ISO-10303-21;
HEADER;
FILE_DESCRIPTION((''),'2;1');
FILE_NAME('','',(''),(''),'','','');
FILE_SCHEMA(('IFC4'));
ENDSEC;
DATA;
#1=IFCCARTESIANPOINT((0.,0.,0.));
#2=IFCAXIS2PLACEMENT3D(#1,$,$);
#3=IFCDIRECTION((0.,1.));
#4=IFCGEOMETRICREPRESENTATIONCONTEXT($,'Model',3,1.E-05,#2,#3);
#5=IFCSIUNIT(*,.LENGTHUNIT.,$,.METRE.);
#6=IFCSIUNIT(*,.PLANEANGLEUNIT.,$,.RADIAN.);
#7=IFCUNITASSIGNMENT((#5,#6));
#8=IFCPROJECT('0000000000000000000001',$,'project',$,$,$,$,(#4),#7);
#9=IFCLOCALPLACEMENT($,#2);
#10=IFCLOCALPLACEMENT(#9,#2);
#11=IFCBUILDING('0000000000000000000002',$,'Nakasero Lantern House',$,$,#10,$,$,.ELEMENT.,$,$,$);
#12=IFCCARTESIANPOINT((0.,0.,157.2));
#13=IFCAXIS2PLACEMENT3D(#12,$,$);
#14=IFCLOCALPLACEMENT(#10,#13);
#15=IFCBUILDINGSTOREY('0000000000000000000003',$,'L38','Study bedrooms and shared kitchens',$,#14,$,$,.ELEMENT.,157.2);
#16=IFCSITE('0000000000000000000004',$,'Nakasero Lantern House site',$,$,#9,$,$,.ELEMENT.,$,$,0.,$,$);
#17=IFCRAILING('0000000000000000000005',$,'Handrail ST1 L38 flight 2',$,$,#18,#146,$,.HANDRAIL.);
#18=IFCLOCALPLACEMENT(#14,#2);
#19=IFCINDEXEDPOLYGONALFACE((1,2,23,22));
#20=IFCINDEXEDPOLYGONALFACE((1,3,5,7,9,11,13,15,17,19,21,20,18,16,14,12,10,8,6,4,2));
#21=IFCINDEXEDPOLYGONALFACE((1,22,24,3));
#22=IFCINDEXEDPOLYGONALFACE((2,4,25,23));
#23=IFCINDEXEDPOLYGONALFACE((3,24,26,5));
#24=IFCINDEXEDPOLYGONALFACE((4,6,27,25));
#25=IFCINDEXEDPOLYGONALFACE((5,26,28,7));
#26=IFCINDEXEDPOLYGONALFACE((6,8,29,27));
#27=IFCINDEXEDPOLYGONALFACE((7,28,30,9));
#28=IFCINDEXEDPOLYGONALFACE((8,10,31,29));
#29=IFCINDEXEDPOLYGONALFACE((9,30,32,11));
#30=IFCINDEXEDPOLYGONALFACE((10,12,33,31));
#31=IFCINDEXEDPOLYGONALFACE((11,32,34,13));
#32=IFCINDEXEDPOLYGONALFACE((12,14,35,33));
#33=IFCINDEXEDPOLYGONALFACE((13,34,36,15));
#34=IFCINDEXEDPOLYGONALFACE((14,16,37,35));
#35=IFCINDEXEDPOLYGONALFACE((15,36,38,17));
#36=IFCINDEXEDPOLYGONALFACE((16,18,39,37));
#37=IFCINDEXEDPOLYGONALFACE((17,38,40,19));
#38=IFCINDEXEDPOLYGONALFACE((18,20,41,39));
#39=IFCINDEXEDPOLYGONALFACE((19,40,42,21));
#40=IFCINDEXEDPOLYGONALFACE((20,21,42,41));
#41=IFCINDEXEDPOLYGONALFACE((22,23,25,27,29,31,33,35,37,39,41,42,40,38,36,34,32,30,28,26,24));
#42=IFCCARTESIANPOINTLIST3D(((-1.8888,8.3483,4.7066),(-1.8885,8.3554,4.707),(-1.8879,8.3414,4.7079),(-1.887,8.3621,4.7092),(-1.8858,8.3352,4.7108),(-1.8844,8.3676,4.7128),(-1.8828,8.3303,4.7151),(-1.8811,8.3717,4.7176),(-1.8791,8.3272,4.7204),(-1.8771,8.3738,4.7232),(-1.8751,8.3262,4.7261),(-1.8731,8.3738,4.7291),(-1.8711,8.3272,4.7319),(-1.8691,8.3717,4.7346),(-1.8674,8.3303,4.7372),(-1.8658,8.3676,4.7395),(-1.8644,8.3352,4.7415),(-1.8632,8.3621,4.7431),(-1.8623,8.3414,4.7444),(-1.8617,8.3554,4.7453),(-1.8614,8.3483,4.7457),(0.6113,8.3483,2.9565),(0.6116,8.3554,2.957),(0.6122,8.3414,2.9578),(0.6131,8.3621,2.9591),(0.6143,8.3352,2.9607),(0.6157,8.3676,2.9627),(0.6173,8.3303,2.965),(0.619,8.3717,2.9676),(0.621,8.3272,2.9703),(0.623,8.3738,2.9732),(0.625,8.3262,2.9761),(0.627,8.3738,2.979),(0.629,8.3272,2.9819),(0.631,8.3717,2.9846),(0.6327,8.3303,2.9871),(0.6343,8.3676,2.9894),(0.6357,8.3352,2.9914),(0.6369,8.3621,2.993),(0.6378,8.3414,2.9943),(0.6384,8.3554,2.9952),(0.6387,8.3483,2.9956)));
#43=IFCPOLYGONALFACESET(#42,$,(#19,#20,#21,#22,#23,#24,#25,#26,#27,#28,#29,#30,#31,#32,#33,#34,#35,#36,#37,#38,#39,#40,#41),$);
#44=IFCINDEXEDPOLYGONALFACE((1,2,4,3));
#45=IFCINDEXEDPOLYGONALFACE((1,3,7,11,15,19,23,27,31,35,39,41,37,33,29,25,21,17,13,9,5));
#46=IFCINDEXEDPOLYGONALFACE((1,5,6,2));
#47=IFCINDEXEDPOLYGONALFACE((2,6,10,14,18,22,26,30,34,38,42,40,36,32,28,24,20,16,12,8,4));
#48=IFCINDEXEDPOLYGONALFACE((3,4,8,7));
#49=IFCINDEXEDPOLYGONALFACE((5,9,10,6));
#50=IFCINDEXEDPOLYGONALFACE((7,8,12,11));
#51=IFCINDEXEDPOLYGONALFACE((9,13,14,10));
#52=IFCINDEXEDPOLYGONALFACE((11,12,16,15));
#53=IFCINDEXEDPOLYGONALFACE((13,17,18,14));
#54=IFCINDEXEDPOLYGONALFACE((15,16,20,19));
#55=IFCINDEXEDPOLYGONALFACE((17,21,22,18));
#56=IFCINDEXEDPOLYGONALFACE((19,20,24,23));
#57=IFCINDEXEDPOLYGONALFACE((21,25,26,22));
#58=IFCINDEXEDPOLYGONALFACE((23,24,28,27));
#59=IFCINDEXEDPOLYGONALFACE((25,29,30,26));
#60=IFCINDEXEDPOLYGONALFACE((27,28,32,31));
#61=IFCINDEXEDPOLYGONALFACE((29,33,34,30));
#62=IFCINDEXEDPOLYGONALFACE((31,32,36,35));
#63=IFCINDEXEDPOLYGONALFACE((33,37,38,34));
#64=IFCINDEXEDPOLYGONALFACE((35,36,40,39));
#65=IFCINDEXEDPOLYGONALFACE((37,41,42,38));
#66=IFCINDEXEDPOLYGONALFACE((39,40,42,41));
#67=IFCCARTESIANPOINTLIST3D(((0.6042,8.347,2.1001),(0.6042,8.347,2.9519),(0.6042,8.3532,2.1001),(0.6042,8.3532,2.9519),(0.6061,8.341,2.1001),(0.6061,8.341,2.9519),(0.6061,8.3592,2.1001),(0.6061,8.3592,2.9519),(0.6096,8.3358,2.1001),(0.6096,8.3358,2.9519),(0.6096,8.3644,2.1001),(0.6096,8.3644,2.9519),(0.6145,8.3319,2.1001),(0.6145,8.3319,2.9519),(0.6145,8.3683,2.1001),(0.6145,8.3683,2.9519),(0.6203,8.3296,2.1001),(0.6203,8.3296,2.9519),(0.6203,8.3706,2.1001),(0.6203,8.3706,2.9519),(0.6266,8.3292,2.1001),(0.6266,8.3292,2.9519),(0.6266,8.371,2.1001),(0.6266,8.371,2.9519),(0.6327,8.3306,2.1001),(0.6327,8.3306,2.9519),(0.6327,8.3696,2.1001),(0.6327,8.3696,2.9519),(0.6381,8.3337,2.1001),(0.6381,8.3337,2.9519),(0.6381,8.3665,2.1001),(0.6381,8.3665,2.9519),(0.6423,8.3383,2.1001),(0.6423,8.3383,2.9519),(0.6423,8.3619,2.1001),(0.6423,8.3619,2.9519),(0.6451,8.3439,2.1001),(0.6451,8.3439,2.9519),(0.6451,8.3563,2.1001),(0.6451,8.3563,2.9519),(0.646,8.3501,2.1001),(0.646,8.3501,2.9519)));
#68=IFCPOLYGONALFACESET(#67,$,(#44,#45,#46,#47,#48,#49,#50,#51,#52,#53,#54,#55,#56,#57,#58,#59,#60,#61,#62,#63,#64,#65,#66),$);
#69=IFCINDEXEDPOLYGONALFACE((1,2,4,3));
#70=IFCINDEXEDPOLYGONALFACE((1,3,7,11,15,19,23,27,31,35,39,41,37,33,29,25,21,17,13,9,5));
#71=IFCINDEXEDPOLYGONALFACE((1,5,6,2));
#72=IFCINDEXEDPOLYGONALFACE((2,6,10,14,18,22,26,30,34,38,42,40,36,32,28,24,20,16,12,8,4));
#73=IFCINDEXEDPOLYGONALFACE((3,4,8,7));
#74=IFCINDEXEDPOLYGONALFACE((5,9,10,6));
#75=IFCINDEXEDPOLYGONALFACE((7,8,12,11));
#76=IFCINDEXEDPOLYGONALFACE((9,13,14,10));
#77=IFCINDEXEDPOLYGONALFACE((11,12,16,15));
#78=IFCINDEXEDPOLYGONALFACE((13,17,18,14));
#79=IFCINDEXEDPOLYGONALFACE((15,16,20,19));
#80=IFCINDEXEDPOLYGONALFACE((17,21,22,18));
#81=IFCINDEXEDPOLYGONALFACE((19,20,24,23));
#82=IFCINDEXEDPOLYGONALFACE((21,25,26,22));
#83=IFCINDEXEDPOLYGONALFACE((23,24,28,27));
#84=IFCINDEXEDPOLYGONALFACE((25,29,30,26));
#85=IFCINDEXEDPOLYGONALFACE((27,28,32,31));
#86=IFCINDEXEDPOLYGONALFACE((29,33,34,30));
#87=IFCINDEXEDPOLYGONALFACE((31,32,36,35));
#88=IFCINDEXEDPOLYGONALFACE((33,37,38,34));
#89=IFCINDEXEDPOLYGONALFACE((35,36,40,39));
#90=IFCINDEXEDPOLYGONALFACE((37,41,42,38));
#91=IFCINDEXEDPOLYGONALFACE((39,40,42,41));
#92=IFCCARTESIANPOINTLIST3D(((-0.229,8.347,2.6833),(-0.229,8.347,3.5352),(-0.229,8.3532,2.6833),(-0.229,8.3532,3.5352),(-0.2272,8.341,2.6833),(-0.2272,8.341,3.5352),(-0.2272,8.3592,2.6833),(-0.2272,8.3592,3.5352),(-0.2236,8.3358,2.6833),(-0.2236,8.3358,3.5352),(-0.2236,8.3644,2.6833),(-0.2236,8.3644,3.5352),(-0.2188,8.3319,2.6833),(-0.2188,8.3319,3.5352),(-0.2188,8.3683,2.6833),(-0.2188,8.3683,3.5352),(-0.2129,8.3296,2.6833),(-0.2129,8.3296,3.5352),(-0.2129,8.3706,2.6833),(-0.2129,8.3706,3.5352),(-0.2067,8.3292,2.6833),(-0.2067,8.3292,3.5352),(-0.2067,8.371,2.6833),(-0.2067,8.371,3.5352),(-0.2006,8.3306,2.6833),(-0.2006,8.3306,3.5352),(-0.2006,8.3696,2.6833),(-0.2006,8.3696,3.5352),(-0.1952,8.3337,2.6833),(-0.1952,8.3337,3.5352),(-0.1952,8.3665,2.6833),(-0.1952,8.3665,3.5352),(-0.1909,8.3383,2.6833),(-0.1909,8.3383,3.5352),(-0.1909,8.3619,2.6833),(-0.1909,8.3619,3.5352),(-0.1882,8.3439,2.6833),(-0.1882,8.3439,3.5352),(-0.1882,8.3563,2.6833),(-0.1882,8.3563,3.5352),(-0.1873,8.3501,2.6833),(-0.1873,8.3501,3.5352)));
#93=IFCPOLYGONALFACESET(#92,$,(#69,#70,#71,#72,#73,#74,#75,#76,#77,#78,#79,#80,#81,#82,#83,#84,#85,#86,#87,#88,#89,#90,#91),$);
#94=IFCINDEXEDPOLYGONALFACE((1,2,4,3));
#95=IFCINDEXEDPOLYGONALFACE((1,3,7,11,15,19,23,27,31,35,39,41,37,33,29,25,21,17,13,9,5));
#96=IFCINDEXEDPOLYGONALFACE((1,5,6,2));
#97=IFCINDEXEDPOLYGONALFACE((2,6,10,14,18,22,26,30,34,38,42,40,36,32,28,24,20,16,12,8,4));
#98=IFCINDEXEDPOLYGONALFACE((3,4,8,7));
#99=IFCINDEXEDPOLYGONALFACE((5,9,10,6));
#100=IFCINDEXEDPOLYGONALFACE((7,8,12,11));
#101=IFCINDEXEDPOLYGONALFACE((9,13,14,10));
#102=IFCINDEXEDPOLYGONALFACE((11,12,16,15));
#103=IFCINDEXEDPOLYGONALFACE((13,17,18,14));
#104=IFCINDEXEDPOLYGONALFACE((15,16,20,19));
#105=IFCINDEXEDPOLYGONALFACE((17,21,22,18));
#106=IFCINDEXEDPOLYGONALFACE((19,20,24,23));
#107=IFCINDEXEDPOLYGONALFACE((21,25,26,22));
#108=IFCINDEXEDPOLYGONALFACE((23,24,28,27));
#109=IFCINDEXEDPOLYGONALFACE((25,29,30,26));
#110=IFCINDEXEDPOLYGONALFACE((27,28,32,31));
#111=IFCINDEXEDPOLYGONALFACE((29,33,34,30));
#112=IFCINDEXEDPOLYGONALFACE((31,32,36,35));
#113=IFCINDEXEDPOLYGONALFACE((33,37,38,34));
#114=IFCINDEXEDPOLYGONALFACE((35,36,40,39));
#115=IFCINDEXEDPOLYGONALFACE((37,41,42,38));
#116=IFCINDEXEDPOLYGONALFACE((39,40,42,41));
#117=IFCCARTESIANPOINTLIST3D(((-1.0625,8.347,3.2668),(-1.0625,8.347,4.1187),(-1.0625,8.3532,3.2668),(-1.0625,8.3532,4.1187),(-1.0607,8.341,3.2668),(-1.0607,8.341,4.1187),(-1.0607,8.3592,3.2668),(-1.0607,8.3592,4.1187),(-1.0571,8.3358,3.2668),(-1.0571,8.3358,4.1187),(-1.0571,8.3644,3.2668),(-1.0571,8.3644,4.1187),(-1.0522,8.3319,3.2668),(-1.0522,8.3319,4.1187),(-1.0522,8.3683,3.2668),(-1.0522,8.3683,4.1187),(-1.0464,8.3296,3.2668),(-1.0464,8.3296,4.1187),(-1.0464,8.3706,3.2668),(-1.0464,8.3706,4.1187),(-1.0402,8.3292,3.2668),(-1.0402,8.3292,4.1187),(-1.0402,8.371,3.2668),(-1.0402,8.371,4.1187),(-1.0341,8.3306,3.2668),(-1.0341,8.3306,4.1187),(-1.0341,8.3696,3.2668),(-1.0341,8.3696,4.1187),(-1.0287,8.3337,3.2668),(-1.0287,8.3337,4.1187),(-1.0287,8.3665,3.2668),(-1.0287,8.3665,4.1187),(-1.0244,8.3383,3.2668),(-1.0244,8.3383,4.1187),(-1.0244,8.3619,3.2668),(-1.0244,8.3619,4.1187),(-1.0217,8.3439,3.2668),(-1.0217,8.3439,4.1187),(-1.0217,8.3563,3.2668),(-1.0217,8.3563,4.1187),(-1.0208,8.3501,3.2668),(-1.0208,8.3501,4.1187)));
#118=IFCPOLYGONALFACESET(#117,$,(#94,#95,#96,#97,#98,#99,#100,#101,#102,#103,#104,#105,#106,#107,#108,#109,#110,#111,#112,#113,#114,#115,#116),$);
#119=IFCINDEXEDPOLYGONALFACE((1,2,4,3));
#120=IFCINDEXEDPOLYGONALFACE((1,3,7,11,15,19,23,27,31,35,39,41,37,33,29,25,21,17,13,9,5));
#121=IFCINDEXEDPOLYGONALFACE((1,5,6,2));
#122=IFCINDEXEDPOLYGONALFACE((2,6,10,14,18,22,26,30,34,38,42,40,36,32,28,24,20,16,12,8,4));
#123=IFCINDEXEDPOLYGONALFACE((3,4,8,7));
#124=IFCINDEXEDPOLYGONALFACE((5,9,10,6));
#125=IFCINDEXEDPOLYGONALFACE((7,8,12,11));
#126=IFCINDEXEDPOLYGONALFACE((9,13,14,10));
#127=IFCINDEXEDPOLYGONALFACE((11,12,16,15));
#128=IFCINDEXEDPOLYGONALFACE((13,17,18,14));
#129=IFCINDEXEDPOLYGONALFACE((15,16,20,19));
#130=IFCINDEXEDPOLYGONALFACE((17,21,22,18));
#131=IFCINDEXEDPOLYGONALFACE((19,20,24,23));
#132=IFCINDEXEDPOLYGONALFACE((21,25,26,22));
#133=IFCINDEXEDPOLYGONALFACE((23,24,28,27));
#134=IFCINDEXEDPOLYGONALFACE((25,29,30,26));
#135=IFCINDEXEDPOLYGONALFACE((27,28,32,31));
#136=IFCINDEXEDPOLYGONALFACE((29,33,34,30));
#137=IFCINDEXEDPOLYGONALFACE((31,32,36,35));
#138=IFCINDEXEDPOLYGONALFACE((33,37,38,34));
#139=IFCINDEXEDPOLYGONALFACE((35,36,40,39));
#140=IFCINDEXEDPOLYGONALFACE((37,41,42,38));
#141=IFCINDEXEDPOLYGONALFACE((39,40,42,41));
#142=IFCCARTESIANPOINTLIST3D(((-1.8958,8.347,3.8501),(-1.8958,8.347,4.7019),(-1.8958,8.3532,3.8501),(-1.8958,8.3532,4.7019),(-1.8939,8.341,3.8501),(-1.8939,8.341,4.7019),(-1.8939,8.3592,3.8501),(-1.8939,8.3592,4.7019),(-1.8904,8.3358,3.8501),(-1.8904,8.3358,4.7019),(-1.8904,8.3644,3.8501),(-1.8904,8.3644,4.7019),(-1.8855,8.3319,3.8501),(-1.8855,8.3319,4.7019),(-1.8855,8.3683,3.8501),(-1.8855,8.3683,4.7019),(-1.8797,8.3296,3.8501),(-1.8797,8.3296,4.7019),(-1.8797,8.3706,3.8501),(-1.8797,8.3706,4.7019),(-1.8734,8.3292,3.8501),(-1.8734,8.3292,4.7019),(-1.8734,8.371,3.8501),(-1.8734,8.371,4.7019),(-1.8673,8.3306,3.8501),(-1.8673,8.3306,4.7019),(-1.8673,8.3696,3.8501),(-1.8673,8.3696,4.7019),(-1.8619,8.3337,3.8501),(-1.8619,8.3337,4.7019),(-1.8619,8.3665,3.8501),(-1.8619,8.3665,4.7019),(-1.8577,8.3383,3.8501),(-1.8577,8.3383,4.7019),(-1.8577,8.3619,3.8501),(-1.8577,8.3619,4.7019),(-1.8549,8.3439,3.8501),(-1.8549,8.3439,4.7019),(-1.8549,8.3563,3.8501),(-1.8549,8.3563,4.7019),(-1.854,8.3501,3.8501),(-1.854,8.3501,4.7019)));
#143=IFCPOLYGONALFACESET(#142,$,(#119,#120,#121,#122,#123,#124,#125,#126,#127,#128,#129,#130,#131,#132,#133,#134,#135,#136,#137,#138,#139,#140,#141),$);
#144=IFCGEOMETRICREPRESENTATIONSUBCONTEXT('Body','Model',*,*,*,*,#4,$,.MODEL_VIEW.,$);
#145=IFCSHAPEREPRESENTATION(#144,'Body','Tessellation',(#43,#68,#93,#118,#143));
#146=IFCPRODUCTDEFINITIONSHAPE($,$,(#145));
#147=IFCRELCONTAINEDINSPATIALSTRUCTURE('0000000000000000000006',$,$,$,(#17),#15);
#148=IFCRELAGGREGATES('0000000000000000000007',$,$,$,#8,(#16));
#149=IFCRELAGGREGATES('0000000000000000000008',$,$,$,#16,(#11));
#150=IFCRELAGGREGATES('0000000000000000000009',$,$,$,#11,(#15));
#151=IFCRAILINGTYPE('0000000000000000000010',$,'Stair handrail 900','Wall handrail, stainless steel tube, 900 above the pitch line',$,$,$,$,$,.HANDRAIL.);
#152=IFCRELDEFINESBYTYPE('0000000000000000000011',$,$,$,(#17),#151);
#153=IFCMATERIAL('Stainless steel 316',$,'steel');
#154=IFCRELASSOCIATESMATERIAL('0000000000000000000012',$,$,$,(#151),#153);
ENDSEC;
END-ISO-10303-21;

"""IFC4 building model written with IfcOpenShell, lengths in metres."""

from ifc_helpers import new_model, si_unit, direction, frame, origin, origin_2d, place, context, subcontext, project, spatial, circle, extrude, material, type_object, element, save


model = new_model("IFC4")

# Units and contexts
model_context = context("Model", 3, precision=1e-05, world=origin(), true_north=direction((0.0, 1.0)))
body_context = subcontext(model_context, "Body", "Model", "MODEL_VIEW")
ifc_project = project(units=[si_unit("LENGTHUNIT", "METRE"), si_unit("PLANEANGLEUNIT", "RADIAN")], contexts=[model_context])

# Site, building, storey
site_placement = place(None, origin())
site = spatial("IfcSite", under=ifc_project, at=site_placement, Name="Nakasero Lantern House site", CompositionType="ELEMENT", RefElevation=0.0)
building_placement = place(site_placement, origin())
building = spatial("IfcBuilding", under=site, at=building_placement, Name="Nakasero Lantern House", CompositionType="ELEMENT")
storey_placement = place(building_placement, frame((0.0, 0.0, 157.2)))
storey = spatial("IfcBuildingStorey", under=building, at=storey_placement, Name="L38", Description="Study bedrooms and shared kitchens", CompositionType="ELEMENT", Elevation=157.2)

# Railing
ifc_material_1 = material(Name="Stainless steel 316", Category="steel")
railing_type = type_object("IfcRailingType", Name="Stair handrail 900", Description="Wall handrail, stainless steel tube, 900 above the pitch line", PredefinedType="HANDRAIL", material=ifc_material_1)
railing_placement = place(storey_placement, frame((0.625, 8.3501, 2.1001)))
element("IfcRailing", 1, at=railing_placement, inside=storey, type_object=railing_type, Name="Handrail ST1 L38 flight 2", PredefinedType="HANDRAIL", context=body_context, shape_type="SweptSolid", body=[
    extrude(circle(Radius=0.0239, at=origin_2d()), frame((0.0, 0.0, 0.876), z_axis=(-0.819232, 0.0, 0.573462), x_axis=(0.0, -1.0, 0.0)), (0.0, 0.0, 1.0), 3.0518),
    extrude(circle(Radius=0.021, at=origin_2d()), origin(), (0.0, 0.0, 1.0), 0.8518),
    extrude(circle(Radius=0.021, at=origin_2d()), frame((-0.8333, 0.0, 0.5833)), (0.0, 0.0, 1.0), 0.8518),
    extrude(circle(Radius=0.021, at=origin_2d()), frame((-1.6667, 0.0, 1.1667)), (0.0, 0.0, 1.0), 0.8518),
    extrude(circle(Radius=0.021, at=origin_2d()), frame((-2.5, 0.0, 1.75)), (0.0, 0.0, 1.0), 0.8518),
])

save(model, "model.ifc")
